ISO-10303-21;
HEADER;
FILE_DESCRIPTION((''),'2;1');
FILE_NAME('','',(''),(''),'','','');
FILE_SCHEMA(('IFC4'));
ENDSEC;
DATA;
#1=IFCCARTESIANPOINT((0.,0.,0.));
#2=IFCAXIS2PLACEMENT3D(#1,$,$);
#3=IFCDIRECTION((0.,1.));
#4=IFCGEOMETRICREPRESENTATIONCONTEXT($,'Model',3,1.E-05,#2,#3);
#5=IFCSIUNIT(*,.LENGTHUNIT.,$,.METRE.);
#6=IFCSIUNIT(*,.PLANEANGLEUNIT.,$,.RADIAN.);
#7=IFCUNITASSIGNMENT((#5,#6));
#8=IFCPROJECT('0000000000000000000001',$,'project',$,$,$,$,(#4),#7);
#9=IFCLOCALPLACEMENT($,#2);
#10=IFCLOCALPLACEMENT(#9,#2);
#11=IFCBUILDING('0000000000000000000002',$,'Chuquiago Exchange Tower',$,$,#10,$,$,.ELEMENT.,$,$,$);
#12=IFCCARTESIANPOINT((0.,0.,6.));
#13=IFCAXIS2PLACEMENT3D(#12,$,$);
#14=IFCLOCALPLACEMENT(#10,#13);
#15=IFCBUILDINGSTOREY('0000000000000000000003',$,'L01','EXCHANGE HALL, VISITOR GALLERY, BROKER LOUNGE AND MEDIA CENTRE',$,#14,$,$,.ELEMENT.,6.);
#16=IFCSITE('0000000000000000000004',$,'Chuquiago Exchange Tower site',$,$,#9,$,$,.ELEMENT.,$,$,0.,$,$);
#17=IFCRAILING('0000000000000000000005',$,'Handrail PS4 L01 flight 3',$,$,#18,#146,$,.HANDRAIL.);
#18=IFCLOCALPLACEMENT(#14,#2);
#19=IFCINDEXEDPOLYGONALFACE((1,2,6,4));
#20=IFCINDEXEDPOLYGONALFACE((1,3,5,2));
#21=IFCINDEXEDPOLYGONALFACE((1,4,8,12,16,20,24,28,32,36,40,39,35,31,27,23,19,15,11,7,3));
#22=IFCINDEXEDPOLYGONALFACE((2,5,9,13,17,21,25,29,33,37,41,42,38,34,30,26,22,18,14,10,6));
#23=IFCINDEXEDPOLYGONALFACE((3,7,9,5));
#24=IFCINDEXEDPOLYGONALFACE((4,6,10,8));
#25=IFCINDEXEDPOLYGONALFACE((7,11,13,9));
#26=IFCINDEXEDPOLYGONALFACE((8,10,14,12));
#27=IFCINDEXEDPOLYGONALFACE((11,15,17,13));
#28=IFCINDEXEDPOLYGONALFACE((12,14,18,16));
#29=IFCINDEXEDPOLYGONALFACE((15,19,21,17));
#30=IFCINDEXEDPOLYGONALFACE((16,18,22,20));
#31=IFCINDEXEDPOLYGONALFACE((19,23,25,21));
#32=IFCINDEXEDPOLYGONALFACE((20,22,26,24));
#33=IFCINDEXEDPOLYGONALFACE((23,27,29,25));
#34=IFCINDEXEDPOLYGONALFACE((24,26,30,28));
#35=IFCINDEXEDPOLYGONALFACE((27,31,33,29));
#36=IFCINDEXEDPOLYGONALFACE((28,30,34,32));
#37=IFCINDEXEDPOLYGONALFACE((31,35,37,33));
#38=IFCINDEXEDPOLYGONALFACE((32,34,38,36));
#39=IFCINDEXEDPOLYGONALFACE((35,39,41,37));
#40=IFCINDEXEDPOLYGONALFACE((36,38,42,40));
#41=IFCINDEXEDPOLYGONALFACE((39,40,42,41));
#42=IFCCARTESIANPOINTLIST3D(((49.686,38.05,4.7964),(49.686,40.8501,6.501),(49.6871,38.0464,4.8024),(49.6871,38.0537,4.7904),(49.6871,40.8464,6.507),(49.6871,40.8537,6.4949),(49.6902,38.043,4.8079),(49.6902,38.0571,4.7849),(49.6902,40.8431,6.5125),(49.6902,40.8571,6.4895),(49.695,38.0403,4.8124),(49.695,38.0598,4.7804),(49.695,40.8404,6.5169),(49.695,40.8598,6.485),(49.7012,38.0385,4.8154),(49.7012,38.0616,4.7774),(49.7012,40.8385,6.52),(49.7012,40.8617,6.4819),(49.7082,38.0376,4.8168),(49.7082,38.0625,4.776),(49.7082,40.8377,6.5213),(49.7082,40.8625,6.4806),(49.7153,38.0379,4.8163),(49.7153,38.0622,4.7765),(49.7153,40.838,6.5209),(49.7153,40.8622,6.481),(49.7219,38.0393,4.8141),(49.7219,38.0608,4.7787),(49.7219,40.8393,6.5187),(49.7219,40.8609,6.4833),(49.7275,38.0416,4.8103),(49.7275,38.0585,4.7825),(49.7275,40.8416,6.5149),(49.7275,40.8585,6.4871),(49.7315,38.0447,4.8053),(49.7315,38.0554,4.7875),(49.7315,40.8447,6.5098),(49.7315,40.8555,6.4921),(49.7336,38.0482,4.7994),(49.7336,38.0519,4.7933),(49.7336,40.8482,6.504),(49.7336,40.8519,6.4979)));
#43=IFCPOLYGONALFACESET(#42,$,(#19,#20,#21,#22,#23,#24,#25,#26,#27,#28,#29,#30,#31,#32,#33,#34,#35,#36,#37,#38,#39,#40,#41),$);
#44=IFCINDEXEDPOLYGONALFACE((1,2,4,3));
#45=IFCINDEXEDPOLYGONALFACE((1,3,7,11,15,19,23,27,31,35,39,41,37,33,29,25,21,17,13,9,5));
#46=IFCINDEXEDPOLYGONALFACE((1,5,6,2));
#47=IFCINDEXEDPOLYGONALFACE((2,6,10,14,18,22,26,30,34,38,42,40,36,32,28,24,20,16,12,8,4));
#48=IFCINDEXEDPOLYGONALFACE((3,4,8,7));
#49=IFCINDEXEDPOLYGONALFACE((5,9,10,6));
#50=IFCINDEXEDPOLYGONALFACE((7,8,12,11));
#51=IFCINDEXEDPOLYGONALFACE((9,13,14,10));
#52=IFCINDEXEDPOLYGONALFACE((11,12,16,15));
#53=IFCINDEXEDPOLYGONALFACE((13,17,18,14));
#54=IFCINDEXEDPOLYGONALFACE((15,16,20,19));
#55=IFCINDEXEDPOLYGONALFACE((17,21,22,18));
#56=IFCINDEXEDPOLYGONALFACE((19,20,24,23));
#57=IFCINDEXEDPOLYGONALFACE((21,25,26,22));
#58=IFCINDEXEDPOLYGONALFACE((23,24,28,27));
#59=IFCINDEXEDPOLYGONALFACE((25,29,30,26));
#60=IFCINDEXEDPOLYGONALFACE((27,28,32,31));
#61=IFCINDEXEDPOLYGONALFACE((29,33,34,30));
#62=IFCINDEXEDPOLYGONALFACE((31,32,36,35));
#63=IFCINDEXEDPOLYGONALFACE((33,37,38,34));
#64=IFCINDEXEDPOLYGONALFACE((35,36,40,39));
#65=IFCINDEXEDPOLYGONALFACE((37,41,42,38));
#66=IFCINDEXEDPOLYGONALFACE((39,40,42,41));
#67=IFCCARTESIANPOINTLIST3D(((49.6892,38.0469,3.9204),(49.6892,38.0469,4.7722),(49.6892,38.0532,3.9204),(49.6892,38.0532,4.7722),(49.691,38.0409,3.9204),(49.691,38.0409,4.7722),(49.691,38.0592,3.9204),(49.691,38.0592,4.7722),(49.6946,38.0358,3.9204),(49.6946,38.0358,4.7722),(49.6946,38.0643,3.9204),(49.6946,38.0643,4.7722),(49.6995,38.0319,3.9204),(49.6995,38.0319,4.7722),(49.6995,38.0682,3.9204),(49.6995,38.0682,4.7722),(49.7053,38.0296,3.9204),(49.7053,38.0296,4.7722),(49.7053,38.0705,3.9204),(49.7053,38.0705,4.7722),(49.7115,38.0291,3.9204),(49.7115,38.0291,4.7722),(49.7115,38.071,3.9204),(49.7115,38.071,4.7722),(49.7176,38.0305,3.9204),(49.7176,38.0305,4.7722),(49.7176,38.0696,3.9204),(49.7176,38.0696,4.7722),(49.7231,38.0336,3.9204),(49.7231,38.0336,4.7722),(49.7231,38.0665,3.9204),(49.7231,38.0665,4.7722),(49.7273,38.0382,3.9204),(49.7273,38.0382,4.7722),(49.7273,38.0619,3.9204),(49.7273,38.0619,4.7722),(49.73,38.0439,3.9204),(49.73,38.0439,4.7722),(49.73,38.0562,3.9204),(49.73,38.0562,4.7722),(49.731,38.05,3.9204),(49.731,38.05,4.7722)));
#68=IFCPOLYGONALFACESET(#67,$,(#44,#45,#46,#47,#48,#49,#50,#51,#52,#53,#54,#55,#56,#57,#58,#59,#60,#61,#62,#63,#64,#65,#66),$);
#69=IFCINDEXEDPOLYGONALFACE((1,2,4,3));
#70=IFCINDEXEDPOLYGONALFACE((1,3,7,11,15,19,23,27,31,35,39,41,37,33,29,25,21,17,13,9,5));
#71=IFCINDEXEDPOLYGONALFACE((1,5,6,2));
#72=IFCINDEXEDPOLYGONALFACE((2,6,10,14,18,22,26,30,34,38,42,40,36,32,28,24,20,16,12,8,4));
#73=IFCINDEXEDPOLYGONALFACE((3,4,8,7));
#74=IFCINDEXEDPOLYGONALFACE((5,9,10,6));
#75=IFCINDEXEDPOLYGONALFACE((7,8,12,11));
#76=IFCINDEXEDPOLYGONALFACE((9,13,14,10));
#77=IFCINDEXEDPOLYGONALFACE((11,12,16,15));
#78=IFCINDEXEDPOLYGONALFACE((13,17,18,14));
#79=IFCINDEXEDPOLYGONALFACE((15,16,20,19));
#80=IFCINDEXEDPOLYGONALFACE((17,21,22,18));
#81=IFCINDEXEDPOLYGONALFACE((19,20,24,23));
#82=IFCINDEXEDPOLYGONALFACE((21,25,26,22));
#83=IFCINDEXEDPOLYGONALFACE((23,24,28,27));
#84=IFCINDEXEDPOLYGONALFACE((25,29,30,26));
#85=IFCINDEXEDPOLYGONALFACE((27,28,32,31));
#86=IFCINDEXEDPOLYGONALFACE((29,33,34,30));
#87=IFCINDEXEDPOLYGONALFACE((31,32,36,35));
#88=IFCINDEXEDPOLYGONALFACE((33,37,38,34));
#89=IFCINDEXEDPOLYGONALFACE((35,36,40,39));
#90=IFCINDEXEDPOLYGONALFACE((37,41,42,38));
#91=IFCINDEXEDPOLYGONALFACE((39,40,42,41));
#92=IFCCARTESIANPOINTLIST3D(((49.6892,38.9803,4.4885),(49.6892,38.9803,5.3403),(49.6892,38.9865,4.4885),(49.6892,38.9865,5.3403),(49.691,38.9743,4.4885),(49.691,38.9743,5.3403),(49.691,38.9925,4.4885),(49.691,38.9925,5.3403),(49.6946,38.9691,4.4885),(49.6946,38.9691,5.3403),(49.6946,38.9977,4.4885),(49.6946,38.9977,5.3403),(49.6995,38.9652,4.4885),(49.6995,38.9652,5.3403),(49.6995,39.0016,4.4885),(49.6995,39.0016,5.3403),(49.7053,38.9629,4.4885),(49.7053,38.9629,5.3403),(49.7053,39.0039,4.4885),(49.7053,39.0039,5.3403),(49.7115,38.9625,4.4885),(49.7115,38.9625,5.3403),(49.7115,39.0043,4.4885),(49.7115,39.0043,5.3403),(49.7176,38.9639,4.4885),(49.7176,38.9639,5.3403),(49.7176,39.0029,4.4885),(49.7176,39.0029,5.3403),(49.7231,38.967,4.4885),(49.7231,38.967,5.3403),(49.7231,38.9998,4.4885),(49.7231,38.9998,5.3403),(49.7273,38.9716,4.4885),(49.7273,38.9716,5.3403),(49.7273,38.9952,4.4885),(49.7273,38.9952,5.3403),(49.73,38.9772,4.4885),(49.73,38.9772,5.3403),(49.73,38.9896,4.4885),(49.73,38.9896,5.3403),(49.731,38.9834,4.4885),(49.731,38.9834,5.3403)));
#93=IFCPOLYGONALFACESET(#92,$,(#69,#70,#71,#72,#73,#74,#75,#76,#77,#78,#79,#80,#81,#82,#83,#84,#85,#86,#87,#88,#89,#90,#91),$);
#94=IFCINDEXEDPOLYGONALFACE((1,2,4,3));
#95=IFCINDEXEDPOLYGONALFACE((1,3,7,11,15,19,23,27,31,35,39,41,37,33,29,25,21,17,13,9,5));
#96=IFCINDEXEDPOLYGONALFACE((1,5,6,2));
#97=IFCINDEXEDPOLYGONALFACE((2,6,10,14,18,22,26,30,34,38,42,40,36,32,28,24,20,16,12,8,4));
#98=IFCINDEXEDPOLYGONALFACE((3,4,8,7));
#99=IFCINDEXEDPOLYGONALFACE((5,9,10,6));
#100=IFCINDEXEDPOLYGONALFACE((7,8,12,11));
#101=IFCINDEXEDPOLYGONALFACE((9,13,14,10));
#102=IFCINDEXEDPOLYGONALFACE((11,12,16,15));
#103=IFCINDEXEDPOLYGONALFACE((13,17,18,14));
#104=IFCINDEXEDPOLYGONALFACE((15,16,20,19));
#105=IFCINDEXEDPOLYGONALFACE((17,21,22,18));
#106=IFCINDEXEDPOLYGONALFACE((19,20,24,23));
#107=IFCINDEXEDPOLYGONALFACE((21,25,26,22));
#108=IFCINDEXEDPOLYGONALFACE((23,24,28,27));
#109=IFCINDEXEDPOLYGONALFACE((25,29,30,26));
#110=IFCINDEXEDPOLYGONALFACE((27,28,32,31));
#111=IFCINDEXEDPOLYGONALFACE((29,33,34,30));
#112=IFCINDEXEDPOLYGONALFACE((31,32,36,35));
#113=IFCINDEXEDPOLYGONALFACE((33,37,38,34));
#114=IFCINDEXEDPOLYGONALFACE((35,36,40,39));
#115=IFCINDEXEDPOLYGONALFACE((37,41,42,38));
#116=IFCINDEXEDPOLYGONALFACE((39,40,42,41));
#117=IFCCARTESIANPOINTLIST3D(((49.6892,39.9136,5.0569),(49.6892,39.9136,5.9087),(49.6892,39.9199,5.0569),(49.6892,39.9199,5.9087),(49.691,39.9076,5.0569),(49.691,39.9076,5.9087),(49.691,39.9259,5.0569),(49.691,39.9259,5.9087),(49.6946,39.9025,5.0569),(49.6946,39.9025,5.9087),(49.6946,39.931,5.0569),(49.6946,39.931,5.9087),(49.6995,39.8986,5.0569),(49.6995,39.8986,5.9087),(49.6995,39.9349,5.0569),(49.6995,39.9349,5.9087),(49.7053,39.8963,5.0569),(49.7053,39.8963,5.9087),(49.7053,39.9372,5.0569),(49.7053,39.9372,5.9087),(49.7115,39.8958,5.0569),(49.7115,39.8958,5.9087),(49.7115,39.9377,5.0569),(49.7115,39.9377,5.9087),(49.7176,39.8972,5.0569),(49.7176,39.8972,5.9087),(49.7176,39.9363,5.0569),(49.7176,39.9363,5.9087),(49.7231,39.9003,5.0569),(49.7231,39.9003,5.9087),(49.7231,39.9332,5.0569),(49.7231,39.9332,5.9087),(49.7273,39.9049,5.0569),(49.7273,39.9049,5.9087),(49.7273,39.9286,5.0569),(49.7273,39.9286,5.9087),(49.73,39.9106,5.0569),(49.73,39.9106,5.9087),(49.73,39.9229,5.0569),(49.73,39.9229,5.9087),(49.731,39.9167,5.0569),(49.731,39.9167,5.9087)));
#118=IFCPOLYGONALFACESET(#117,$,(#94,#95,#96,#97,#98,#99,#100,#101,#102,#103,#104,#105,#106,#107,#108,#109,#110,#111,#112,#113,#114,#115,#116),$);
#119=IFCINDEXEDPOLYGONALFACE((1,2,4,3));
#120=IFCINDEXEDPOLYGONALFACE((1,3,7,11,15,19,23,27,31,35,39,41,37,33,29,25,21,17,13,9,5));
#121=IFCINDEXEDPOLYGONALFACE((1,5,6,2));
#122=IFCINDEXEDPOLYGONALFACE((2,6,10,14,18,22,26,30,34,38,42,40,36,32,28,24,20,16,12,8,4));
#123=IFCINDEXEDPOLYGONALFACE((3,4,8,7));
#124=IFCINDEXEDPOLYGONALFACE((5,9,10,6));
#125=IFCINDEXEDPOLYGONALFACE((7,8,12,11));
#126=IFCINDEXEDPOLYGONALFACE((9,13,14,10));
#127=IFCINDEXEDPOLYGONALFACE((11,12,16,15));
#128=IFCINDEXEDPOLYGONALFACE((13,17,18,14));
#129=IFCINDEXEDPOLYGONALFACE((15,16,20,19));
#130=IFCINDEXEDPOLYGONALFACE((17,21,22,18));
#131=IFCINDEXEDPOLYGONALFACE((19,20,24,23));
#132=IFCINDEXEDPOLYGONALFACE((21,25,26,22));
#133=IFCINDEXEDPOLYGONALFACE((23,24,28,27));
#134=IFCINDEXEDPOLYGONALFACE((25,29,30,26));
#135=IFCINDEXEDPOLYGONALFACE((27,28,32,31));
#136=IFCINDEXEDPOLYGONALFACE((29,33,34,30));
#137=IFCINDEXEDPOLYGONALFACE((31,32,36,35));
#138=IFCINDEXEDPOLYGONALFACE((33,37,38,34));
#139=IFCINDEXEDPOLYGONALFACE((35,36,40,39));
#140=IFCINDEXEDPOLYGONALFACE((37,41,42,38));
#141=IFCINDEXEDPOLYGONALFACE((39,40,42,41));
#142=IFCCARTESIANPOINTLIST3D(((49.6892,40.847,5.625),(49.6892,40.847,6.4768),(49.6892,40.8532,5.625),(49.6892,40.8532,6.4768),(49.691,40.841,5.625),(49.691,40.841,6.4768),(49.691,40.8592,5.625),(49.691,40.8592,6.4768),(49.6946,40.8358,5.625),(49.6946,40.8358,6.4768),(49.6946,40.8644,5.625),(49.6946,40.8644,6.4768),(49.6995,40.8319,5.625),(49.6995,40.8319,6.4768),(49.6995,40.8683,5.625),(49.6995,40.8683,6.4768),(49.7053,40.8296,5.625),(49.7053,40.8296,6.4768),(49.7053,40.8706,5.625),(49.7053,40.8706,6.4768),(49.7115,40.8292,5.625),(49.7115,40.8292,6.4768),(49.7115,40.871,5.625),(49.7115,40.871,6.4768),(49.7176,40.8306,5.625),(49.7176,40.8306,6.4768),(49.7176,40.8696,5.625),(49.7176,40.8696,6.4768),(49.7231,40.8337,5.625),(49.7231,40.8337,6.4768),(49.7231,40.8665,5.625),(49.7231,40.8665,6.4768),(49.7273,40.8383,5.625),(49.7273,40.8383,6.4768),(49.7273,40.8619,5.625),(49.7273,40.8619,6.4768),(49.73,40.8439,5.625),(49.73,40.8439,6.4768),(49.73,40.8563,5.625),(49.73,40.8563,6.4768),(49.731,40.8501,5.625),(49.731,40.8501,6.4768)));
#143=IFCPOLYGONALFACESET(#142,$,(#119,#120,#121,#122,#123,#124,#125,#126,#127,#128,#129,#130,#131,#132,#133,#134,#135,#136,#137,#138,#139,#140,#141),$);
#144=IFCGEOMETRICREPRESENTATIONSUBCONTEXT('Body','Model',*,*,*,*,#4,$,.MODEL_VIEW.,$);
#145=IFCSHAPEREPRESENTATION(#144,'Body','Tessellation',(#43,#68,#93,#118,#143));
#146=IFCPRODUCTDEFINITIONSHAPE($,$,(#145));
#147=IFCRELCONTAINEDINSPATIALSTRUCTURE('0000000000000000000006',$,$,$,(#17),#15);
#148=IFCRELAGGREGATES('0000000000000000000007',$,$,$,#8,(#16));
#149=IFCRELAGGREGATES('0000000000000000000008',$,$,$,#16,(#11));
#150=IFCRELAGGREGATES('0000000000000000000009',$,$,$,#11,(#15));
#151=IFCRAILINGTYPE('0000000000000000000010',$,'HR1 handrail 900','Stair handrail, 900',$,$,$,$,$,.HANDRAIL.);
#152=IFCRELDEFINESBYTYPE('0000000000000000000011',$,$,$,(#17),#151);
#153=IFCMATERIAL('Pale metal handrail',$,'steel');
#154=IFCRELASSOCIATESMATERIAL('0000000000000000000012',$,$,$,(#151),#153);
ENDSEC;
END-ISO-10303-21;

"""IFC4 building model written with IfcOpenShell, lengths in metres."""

from ifc_helpers import new_model, si_unit, direction, frame, origin, origin_2d, place, context, subcontext, project, spatial, circle, extrude, material, type_object, element, save


model = new_model("IFC4")

# Units and contexts
model_context = context("Model", 3, precision=1e-05, world=origin(), true_north=direction((0.0, 1.0)))
body_context = subcontext(model_context, "Body", "Model", "MODEL_VIEW")
ifc_project = project(units=[si_unit("LENGTHUNIT", "METRE"), si_unit("PLANEANGLEUNIT", "RADIAN")], contexts=[model_context])

# Site, building, storey
site_placement = place(None, origin())
site = spatial("IfcSite", under=ifc_project, at=site_placement, Name="Chuquiago Exchange Tower site", CompositionType="ELEMENT", RefElevation=0.0)
building_placement = place(site_placement, origin())
building = spatial("IfcBuilding", under=site, at=building_placement, Name="Chuquiago Exchange Tower", CompositionType="ELEMENT")
storey_placement = place(building_placement, frame((0.0, 0.0, 6.0)))
storey = spatial("IfcBuildingStorey", under=building, at=storey_placement, Name="L01", Description="EXCHANGE HALL, VISITOR GALLERY, BROKER LOUNGE AND MEDIA CENTRE", CompositionType="ELEMENT", Elevation=6.0)

# Railing
ifc_material_1 = material(Name="Pale metal handrail", Category="steel")
railing_type = type_object("IfcRailingType", Name="HR1 handrail 900", Description="Stair handrail, 900", PredefinedType="HANDRAIL", material=ifc_material_1)
for number, where, name in (
    (1, (49.71, 38.05, 3.9204), "Handrail PS4 L01 flight 3"),
):
    element("IfcRailing", number, at=place(storey_placement, frame(where)), inside=storey, type_object=railing_type, Name=name, PredefinedType="HANDRAIL", context=body_context, shape_type="SweptSolid", body=[
        extrude(circle(Radius=0.0239, at=origin_2d()), frame((0.0, 0.0, 0.876), z_axis=(0.0, 0.85417, 0.519994), x_axis=(-1.0, 0.0, 0.0)), (0.0, 0.0, 1.0), 3.2781),
        extrude(circle(Radius=0.021, at=origin_2d()), origin(), (0.0, 0.0, 1.0), 0.8518),
        extrude(circle(Radius=0.021, at=origin_2d()), frame((0.0, 0.9333, 0.5681)), (0.0, 0.0, 1.0), 0.8518),
        extrude(circle(Radius=0.021, at=origin_2d()), frame((0.0, 1.8667, 1.1365)), (0.0, 0.0, 1.0), 0.8518),
        extrude(circle(Radius=0.021, at=origin_2d()), frame((0.0, 2.8, 1.7046)), (0.0, 0.0, 1.0), 0.8518),
    ])

save(model, "model.ifc")
